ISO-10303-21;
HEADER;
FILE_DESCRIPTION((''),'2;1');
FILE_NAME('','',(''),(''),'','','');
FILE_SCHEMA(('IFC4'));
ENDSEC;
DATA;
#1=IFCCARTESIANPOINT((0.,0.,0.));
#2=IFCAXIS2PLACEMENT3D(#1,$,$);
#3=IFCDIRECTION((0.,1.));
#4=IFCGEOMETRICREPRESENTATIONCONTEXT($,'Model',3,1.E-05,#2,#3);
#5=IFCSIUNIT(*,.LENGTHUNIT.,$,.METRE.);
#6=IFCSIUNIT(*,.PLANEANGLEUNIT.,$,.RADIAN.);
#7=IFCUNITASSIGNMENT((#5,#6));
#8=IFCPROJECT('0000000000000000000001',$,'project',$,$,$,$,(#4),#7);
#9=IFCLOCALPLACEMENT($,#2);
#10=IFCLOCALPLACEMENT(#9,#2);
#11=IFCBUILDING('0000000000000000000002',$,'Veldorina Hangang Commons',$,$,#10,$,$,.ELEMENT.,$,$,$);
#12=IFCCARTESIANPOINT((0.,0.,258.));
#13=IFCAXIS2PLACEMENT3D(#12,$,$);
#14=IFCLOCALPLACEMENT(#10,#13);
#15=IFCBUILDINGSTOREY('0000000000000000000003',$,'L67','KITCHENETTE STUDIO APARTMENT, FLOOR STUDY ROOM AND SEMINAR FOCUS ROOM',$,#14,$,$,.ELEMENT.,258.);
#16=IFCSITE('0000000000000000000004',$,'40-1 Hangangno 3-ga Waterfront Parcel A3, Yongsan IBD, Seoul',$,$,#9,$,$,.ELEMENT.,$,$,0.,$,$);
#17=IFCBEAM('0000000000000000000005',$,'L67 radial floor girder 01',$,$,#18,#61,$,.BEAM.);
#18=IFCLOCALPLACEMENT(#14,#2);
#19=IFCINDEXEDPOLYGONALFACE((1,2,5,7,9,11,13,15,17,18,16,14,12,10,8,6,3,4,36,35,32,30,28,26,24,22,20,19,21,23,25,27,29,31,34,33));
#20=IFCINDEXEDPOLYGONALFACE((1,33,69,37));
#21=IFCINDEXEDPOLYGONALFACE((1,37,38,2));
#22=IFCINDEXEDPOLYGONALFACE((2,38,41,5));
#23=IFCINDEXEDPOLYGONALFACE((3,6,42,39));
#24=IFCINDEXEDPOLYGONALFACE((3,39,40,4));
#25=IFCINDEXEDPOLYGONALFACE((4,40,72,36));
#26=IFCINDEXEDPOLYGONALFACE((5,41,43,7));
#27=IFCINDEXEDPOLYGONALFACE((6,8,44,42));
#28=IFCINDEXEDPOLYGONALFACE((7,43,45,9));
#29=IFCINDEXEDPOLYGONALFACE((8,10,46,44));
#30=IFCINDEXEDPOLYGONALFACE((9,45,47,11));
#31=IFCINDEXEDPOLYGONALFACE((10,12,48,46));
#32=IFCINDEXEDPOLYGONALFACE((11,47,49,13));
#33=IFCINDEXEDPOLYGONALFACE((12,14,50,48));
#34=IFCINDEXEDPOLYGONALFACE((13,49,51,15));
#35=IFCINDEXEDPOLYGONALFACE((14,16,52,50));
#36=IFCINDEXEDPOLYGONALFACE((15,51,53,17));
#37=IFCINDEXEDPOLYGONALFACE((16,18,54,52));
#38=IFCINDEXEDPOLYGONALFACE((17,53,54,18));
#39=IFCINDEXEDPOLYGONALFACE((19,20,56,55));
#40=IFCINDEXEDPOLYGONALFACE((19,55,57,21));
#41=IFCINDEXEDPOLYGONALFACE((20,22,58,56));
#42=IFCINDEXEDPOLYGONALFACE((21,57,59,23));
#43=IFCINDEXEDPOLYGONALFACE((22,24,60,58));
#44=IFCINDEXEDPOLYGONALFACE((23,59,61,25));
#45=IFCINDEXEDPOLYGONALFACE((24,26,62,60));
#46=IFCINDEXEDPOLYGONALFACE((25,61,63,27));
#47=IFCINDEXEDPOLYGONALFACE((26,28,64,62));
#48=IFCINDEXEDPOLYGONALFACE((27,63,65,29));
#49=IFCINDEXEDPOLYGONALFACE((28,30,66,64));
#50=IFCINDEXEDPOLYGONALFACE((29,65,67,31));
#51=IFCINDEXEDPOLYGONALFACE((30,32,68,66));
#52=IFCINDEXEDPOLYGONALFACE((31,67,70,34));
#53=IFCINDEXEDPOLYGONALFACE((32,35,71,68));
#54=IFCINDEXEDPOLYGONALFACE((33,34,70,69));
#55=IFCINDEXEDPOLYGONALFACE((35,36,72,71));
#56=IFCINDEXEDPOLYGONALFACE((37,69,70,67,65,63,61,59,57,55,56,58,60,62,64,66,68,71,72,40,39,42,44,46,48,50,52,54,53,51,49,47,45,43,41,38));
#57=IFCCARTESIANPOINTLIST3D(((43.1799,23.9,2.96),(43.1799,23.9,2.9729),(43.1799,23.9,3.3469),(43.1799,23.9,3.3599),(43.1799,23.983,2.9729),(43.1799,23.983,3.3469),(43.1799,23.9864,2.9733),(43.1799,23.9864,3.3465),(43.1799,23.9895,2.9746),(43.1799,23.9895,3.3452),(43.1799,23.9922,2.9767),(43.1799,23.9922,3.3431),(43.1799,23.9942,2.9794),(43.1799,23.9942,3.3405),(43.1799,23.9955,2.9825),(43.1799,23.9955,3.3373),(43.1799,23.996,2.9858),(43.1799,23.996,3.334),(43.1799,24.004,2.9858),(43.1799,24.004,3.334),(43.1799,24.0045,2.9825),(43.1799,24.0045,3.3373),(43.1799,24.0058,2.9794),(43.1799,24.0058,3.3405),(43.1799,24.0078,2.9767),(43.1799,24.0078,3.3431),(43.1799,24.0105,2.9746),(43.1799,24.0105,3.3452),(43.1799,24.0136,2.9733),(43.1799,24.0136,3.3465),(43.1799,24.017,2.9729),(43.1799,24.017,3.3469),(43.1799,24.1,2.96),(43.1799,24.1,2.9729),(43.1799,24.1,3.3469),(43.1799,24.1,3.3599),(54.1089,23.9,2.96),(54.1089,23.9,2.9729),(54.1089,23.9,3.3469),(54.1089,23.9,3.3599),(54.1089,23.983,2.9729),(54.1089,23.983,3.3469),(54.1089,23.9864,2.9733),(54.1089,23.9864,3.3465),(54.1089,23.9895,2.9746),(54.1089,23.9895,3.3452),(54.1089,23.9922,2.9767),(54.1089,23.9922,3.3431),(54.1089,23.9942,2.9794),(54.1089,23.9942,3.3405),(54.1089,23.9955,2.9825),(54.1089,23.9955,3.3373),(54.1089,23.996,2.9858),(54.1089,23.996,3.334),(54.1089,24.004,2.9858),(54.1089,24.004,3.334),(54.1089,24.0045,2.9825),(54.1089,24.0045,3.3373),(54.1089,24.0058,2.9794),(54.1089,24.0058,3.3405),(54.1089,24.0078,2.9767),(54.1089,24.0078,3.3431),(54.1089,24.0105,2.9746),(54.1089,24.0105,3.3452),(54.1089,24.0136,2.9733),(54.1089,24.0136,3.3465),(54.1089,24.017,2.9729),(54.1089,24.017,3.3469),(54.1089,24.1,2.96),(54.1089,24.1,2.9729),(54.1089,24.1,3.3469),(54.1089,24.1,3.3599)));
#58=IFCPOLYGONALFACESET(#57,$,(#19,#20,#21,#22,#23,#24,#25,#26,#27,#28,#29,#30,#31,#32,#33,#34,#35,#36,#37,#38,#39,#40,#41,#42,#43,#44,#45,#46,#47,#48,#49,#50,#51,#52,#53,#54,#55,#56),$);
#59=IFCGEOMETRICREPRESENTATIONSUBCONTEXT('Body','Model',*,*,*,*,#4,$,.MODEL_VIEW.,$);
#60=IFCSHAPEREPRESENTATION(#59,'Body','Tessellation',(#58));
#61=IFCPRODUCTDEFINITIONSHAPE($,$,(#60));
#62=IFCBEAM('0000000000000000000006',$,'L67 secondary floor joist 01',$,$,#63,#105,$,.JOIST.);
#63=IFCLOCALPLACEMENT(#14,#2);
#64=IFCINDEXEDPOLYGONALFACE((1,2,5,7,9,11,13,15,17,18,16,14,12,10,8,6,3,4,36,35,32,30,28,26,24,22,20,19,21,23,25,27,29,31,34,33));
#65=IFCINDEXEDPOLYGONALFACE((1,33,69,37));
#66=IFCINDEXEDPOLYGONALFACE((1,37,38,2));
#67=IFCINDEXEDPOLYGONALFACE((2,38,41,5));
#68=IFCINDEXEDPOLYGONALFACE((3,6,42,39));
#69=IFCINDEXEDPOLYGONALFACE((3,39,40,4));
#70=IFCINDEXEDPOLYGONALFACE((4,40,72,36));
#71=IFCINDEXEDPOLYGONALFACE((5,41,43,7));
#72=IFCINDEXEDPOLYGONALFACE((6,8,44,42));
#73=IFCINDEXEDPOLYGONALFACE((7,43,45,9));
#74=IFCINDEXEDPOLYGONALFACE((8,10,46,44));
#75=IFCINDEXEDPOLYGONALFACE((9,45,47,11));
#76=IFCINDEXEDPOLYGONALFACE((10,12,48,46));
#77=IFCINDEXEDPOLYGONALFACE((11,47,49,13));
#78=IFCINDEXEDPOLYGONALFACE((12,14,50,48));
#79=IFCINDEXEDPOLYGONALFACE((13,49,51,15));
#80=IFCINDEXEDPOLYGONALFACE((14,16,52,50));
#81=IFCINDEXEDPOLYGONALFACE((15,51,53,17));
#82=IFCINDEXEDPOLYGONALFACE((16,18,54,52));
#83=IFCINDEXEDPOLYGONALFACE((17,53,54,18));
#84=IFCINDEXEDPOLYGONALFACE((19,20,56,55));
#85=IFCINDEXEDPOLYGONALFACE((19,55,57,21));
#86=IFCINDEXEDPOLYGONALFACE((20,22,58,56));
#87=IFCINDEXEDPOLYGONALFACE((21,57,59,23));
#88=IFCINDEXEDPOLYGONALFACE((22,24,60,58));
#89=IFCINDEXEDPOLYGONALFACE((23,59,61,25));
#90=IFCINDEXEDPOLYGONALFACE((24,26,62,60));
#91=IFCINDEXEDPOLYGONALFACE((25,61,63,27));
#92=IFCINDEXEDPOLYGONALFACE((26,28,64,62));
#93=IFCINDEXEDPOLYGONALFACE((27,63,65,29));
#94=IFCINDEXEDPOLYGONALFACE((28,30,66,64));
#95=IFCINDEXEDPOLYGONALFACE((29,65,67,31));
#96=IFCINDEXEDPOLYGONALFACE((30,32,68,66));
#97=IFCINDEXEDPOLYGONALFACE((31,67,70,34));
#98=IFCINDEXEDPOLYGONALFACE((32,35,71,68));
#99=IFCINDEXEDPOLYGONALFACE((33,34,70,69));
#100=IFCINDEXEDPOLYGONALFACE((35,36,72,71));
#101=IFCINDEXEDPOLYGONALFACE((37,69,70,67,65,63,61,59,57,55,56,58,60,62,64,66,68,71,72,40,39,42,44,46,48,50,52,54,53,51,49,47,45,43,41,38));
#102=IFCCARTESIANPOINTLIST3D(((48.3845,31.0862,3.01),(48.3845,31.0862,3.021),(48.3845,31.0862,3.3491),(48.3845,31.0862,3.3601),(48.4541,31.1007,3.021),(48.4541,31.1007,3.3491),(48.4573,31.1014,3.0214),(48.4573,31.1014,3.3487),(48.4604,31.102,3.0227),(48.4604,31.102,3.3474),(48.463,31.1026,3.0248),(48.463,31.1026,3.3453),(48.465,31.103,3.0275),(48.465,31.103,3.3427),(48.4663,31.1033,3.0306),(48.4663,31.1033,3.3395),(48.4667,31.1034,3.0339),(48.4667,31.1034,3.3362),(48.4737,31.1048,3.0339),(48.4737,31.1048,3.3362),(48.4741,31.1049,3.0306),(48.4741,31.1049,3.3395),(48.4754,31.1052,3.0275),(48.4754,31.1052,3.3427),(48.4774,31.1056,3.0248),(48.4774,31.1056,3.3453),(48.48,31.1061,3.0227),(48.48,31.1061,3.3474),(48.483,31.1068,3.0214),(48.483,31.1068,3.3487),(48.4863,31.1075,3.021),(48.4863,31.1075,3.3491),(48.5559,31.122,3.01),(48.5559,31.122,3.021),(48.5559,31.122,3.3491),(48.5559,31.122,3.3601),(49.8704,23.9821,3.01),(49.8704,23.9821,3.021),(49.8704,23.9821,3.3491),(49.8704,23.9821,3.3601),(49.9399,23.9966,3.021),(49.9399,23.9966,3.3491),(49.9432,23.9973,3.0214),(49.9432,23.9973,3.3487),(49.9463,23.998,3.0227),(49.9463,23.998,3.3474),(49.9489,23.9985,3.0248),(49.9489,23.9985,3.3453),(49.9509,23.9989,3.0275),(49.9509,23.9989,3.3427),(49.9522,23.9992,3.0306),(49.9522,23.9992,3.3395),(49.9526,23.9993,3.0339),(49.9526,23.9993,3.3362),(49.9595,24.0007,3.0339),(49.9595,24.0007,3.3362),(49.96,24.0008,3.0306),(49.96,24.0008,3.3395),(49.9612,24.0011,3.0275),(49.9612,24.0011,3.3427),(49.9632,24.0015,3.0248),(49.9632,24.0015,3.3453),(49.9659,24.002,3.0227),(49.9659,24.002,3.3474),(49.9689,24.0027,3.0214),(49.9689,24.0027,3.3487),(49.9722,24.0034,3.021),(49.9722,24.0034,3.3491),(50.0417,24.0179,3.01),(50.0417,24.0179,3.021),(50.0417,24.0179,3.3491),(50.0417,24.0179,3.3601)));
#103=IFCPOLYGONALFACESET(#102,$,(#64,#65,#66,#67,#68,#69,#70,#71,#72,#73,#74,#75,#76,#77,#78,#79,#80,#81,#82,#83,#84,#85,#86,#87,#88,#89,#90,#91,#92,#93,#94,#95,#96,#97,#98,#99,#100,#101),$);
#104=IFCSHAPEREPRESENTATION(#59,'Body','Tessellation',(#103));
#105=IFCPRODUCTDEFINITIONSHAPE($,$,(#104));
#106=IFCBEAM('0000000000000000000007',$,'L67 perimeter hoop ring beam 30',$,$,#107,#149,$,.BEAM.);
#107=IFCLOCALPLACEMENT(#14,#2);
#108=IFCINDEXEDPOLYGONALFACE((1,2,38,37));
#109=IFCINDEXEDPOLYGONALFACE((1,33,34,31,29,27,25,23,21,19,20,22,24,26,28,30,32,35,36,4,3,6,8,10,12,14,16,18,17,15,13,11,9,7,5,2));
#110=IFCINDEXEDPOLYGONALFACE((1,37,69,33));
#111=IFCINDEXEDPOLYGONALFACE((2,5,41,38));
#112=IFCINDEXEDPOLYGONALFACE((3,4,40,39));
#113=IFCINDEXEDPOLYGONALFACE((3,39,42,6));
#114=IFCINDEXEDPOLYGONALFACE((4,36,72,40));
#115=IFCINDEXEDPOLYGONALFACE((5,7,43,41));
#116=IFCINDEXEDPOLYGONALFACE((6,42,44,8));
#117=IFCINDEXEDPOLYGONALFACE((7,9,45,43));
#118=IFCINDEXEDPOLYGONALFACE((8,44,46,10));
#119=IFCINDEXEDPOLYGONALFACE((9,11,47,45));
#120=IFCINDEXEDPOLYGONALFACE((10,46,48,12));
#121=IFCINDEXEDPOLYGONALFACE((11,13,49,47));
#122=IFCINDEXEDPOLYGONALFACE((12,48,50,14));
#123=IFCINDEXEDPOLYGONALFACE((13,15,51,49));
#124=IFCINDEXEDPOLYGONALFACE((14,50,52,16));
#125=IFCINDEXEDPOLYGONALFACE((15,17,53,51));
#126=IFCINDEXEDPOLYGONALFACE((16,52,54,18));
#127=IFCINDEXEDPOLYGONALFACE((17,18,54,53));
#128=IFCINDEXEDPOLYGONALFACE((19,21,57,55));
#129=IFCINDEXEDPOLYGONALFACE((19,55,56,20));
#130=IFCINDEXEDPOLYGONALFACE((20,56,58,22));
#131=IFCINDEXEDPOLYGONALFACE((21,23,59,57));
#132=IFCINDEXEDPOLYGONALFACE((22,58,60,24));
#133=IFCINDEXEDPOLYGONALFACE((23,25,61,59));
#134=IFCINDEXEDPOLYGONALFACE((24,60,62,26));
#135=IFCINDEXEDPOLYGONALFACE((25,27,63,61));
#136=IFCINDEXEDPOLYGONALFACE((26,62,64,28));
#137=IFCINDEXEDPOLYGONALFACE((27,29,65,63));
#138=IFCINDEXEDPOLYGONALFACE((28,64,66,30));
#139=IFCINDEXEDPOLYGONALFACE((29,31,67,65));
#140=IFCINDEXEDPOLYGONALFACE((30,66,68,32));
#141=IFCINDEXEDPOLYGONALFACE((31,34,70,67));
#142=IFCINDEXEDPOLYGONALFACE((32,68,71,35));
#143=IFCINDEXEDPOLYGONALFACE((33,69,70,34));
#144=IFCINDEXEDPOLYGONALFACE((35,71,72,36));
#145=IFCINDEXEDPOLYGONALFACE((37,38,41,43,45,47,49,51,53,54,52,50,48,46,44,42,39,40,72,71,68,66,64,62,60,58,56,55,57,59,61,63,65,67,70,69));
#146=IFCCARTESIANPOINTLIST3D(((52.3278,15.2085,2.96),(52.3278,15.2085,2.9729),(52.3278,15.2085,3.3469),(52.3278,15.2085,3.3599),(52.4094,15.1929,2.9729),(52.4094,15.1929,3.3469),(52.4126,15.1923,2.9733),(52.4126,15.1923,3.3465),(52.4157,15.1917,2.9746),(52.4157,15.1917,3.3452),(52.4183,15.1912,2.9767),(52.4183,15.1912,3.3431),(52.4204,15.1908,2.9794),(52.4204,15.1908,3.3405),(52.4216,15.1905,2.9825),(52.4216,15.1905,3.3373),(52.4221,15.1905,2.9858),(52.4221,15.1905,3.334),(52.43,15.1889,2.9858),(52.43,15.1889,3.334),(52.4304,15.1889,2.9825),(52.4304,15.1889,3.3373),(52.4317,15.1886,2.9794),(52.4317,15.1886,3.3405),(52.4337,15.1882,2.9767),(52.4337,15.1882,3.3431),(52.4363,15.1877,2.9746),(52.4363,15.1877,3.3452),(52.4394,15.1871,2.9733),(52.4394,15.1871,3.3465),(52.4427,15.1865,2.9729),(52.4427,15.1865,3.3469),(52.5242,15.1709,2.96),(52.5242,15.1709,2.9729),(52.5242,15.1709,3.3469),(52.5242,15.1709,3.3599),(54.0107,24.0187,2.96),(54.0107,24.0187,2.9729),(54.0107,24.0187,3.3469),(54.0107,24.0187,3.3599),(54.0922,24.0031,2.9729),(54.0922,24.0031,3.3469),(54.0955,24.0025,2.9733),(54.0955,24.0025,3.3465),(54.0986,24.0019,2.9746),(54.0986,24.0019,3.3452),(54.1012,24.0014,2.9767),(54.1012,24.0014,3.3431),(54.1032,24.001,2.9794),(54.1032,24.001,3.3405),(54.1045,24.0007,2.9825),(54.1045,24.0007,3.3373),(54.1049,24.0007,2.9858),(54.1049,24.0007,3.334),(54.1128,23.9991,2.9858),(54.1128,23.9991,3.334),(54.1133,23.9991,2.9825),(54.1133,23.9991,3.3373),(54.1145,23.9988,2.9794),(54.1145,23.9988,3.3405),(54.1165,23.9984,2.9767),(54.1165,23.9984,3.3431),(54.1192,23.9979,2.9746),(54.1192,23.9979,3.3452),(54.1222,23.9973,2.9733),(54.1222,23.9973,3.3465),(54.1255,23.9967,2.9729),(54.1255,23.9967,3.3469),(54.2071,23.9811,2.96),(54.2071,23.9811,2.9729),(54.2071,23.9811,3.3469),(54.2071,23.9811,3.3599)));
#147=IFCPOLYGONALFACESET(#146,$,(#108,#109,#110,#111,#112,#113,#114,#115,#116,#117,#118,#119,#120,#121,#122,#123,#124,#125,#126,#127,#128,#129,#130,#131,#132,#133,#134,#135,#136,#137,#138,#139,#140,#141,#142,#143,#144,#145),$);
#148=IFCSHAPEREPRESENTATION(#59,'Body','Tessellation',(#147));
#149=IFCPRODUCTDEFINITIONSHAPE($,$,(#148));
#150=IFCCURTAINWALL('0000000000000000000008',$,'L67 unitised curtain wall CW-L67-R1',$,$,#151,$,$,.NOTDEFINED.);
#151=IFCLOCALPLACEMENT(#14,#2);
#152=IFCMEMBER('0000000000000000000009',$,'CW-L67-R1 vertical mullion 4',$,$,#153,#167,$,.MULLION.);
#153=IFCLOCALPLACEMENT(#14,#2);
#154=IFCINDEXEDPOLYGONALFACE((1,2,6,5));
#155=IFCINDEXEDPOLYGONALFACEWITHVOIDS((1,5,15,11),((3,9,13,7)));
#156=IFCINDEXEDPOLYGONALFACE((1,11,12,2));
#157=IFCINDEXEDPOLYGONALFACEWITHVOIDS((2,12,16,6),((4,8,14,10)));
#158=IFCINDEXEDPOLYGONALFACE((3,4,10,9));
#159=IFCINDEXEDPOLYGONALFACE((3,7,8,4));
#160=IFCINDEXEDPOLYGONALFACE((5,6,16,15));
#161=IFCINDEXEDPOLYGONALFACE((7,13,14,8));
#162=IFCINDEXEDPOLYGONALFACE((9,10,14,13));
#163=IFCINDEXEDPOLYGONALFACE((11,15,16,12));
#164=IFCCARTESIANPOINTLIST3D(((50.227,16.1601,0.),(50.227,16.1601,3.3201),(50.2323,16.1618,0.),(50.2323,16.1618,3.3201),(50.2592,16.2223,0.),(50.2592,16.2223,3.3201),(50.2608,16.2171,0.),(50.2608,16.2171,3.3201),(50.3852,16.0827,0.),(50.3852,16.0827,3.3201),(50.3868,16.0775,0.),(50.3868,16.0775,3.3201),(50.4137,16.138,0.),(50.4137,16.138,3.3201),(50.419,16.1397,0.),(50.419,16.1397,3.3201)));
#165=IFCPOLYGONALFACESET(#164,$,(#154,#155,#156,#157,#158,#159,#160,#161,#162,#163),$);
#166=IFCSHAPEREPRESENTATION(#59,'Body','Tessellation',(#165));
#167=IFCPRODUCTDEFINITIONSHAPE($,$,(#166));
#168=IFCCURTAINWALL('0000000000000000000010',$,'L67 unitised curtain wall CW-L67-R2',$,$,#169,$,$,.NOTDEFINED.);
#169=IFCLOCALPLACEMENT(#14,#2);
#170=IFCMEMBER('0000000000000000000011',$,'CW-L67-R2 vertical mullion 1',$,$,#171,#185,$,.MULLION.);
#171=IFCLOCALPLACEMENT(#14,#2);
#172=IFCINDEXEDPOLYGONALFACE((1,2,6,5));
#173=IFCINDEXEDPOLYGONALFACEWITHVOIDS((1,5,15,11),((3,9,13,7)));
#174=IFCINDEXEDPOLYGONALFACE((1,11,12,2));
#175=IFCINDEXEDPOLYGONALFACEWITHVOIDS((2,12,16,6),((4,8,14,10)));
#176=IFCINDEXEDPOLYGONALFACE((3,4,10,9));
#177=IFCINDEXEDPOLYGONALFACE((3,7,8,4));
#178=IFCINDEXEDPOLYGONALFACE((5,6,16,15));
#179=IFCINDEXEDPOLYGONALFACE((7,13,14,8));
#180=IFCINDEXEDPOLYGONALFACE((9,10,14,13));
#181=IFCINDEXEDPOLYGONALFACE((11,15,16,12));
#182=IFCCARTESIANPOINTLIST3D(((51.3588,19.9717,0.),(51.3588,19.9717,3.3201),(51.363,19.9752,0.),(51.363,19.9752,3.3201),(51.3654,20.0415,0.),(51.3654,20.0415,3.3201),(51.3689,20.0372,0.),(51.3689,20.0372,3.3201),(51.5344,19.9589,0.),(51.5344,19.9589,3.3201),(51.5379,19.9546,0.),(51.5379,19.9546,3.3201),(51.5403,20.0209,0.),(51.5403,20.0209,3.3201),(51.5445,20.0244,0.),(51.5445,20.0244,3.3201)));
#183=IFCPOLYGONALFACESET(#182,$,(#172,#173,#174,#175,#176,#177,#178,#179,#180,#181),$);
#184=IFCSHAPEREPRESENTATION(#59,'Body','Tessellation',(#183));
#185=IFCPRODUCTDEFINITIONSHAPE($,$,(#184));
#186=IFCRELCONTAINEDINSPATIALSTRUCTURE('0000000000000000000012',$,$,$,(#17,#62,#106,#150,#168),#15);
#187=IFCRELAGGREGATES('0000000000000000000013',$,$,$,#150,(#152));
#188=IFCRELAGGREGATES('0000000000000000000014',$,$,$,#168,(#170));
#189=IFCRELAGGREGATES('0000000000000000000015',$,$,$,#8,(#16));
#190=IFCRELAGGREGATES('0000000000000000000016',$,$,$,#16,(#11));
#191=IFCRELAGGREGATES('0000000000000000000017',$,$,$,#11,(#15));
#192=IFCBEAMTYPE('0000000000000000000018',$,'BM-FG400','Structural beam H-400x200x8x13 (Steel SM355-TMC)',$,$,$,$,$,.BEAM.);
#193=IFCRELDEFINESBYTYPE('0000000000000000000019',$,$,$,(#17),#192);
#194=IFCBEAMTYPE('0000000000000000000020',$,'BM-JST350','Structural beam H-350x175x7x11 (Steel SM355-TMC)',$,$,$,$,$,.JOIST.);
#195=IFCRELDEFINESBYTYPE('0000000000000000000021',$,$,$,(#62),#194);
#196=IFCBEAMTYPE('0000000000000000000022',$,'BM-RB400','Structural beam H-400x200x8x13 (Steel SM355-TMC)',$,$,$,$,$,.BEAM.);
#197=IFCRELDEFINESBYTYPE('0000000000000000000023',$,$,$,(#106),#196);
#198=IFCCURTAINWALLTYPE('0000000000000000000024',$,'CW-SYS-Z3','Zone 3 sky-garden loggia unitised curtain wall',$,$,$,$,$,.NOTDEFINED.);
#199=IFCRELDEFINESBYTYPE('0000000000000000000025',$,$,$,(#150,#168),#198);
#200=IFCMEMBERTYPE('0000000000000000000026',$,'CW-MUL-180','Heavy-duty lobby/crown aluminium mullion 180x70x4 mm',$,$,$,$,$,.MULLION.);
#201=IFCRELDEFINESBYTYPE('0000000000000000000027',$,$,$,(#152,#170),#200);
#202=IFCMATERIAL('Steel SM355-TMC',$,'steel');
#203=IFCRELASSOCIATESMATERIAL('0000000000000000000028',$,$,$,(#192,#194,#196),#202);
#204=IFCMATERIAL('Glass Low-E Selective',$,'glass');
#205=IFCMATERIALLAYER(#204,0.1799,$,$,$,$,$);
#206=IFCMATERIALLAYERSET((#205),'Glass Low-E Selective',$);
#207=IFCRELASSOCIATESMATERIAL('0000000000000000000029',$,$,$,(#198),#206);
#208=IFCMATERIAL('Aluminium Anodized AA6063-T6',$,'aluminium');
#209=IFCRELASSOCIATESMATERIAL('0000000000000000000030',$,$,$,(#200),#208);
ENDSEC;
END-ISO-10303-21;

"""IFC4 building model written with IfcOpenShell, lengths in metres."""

from ifc_helpers import new_model, si_unit, direction, frame, origin, origin_2d, place, context, subcontext, project, spatial, hollow_rectangle, i_section, extrude, material, layer, layer_set, material_profile, profile_set, type_object, element, aggregate, save


model = new_model("IFC4")

# Units and contexts
model_context = context("Model", 3, precision=1e-05, world=origin(), true_north=direction((0.0, 1.0)))
body_context = subcontext(model_context, "Body", "Model", "MODEL_VIEW")
ifc_project = project(units=[si_unit("LENGTHUNIT", "METRE"), si_unit("PLANEANGLEUNIT", "RADIAN")], contexts=[model_context])

# Site, building, storey
site_placement = place(None, origin())
site = spatial("IfcSite", under=ifc_project, at=site_placement, Name="40-1 Hangangno 3-ga Waterfront Parcel A3, Yongsan IBD, Seoul", CompositionType="ELEMENT", RefElevation=0.0)
building_placement = place(site_placement, origin())
building = spatial("IfcBuilding", under=site, at=building_placement, Name="Veldorina Hangang Commons", CompositionType="ELEMENT")
storey_placement = place(building_placement, frame((0.0, 0.0, 258.0)))
storey = spatial("IfcBuildingStorey", under=building, at=storey_placement, Name="L67", Description="KITCHENETTE STUDIO APARTMENT, FLOOR STUDY ROOM AND SEMINAR FOCUS ROOM", CompositionType="ELEMENT", Elevation=258.0)

# Beams
ifc_material_1 = material(Name="Steel SM355-TMC", Category="steel")
ifc_material_profile_1 = material_profile(ifc_material_1, i_section(OverallWidth=0.2, OverallDepth=0.3999, WebThickness=0.0081, FlangeThickness=0.0129, FilletRadius=0.0129, at=origin_2d()), Name="H-400x200x8x13")
ifc_profile_set_1 = profile_set([ifc_material_profile_1], Name="Steel SM355-TMC")
beam_type_1 = type_object("IfcBeamType", Name="BM-FG400", Description="Structural beam H-400x200x8x13 (Steel SM355-TMC)", PredefinedType="BEAM", material=ifc_profile_set_1)
beam_1_placement = place(storey_placement, frame((43.1799, 24.0, 3.1599), z_axis=(1.0, 0.0, 0.0), x_axis=(0.0, 1.0, 0.0)))
element("IfcBeam", 1, at=beam_1_placement, inside=storey, type_object=beam_type_1, Name="L67 radial floor girder 01", PredefinedType="BEAM", context=body_context, shape_type="SweptSolid", body=[
    extrude(i_section(OverallWidth=0.2, OverallDepth=0.3999, WebThickness=0.0081, FlangeThickness=0.0129, FilletRadius=0.0129, at=origin_2d()), origin(), (0.0, 0.0, 1.0), 10.929),
])
ifc_material_profile_2 = material_profile(ifc_material_1, i_section(OverallWidth=0.175, OverallDepth=0.3501, WebThickness=0.0071, FlangeThickness=0.011, FilletRadius=0.0129, at=origin_2d()), Name="H-350x175x7x11")
ifc_profile_set_2 = profile_set([ifc_material_profile_2], Name="Steel SM355-TMC")
beam_type_2 = type_object("IfcBeamType", Name="BM-JST350", Description="Structural beam H-350x175x7x11 (Steel SM355-TMC)", PredefinedType="JOIST", material=ifc_profile_set_2)
beam_2_placement = place(storey_placement, frame((49.9561, 24.0, 3.1851), z_axis=(-0.204725, 0.978819, 0.0), x_axis=(-0.978819, -0.204725, 0.0)))
element("IfcBeam", 2, at=beam_2_placement, inside=storey, type_object=beam_type_2, Name="L67 secondary floor joist 01", PredefinedType="JOIST", context=body_context, shape_type="SweptSolid", body=[
    extrude(i_section(OverallWidth=0.175, OverallDepth=0.3501, WebThickness=0.0071, FlangeThickness=0.011, FilletRadius=0.0129, at=origin_2d()), origin(), (0.0, 0.0, 1.0), 7.2578),
])
ifc_material_profile_3 = material_profile(ifc_material_1, i_section(OverallWidth=0.2, OverallDepth=0.3999, WebThickness=0.0081, FlangeThickness=0.0129, FilletRadius=0.0129, at=origin_2d()), Name="H-400x200x8x13")
ifc_profile_set_3 = profile_set([ifc_material_profile_3], Name="Steel SM355-TMC")
beam_type_3 = type_object("IfcBeamType", Name="BM-RB400", Description="Structural beam H-400x200x8x13 (Steel SM355-TMC)", PredefinedType="BEAM", material=ifc_profile_set_3)
beam_3_placement = place(storey_placement, frame((52.426, 15.1897, 3.1599), z_axis=(0.187619, 0.982242, 0.0), x_axis=(-0.982242, 0.187619, 0.0)))
element("IfcBeam", 3, at=beam_3_placement, inside=storey, type_object=beam_type_3, Name="L67 perimeter hoop ring beam 30", PredefinedType="BEAM", context=body_context, shape_type="SweptSolid", body=[
    extrude(i_section(OverallWidth=0.2, OverallDepth=0.3999, WebThickness=0.0081, FlangeThickness=0.0129, FilletRadius=0.0129, at=origin_2d()), origin(), (0.0, 0.0, 1.0), 8.9695),
])

# Curtain wall, member
ifc_material_2 = material(Name="Glass Low-E Selective", Category="glass")
ifc_layer_1 = layer(ifc_material_2, 0.1799)
ifc_layer_set_1 = layer_set([ifc_layer_1], Name="Glass Low-E Selective")
curtain_wall_type = type_object("IfcCurtainWallType", Name="CW-SYS-Z3", Description="Zone 3 sky-garden loggia unitised curtain wall", PredefinedType="NOTDEFINED", material=ifc_layer_set_1)
curtain_wall_1_placement = place(storey_placement, origin())
curtain_wall_1 = element("IfcCurtainWall", 4, at=curtain_wall_1_placement, inside=storey, type_object=curtain_wall_type, Name="L67 unitised curtain wall CW-L67-R1", PredefinedType="NOTDEFINED")
ifc_material_3 = material(Name="Aluminium Anodized AA6063-T6", Category="aluminium")
ifc_material_profile_4 = material_profile(ifc_material_3, hollow_rectangle(XDim=0.0701, YDim=0.1799, WallThickness=0.0039, at=origin_2d()), Name="ALU-RHS-180x70x4")
ifc_profile_set_4 = profile_set([ifc_material_profile_4], Name="Aluminium Anodized AA6063-T6")
member_type_1 = type_object("IfcMemberType", Name="CW-MUL-180", Description="Heavy-duty lobby/crown aluminium mullion 180x70x4 mm", PredefinedType="MULLION", material=ifc_profile_set_4)
member_1_placement = place(storey_placement, frame((50.323, 16.1499, 0.0), z_axis=(0.0, 0.0, 1.0), x_axis=(-0.459084, -0.888393, 0.0)))
member_1 = element("IfcMember", 5, at=member_1_placement, type_object=member_type_1, Name="CW-L67-R1 vertical mullion 4", PredefinedType="MULLION", context=body_context, shape_type="SweptSolid", body=[
    extrude(hollow_rectangle(XDim=0.0701, YDim=0.1799, WallThickness=0.0039, at=origin_2d()), origin(), (0.0, 0.0, 1.0), 3.3201),
])

# Curtain wall, member
curtain_wall_2_placement = place(storey_placement, origin())
curtain_wall_2 = element("IfcCurtainWall", 6, at=curtain_wall_2_placement, inside=storey, type_object=curtain_wall_type, Name="L67 unitised curtain wall CW-L67-R2", PredefinedType="NOTDEFINED")
member_2_placement = place(storey_placement, frame((51.4517, 19.998, 0.0), z_axis=(0.0, 0.0, 1.0), x_axis=(0.094803, 0.995496, 0.0)))
member_2 = element("IfcMember", 7, at=member_2_placement, type_object=member_type_1, Name="CW-L67-R2 vertical mullion 1", PredefinedType="MULLION", context=body_context, shape_type="SweptSolid", body=[
    extrude(hollow_rectangle(XDim=0.0701, YDim=0.1799, WallThickness=0.0039, at=origin_2d()), origin(), (0.0, 0.0, 1.0), 3.3201),
])

aggregate(curtain_wall_1, [member_1])
aggregate(curtain_wall_2, [member_2])

save(model, "model.ifc")
